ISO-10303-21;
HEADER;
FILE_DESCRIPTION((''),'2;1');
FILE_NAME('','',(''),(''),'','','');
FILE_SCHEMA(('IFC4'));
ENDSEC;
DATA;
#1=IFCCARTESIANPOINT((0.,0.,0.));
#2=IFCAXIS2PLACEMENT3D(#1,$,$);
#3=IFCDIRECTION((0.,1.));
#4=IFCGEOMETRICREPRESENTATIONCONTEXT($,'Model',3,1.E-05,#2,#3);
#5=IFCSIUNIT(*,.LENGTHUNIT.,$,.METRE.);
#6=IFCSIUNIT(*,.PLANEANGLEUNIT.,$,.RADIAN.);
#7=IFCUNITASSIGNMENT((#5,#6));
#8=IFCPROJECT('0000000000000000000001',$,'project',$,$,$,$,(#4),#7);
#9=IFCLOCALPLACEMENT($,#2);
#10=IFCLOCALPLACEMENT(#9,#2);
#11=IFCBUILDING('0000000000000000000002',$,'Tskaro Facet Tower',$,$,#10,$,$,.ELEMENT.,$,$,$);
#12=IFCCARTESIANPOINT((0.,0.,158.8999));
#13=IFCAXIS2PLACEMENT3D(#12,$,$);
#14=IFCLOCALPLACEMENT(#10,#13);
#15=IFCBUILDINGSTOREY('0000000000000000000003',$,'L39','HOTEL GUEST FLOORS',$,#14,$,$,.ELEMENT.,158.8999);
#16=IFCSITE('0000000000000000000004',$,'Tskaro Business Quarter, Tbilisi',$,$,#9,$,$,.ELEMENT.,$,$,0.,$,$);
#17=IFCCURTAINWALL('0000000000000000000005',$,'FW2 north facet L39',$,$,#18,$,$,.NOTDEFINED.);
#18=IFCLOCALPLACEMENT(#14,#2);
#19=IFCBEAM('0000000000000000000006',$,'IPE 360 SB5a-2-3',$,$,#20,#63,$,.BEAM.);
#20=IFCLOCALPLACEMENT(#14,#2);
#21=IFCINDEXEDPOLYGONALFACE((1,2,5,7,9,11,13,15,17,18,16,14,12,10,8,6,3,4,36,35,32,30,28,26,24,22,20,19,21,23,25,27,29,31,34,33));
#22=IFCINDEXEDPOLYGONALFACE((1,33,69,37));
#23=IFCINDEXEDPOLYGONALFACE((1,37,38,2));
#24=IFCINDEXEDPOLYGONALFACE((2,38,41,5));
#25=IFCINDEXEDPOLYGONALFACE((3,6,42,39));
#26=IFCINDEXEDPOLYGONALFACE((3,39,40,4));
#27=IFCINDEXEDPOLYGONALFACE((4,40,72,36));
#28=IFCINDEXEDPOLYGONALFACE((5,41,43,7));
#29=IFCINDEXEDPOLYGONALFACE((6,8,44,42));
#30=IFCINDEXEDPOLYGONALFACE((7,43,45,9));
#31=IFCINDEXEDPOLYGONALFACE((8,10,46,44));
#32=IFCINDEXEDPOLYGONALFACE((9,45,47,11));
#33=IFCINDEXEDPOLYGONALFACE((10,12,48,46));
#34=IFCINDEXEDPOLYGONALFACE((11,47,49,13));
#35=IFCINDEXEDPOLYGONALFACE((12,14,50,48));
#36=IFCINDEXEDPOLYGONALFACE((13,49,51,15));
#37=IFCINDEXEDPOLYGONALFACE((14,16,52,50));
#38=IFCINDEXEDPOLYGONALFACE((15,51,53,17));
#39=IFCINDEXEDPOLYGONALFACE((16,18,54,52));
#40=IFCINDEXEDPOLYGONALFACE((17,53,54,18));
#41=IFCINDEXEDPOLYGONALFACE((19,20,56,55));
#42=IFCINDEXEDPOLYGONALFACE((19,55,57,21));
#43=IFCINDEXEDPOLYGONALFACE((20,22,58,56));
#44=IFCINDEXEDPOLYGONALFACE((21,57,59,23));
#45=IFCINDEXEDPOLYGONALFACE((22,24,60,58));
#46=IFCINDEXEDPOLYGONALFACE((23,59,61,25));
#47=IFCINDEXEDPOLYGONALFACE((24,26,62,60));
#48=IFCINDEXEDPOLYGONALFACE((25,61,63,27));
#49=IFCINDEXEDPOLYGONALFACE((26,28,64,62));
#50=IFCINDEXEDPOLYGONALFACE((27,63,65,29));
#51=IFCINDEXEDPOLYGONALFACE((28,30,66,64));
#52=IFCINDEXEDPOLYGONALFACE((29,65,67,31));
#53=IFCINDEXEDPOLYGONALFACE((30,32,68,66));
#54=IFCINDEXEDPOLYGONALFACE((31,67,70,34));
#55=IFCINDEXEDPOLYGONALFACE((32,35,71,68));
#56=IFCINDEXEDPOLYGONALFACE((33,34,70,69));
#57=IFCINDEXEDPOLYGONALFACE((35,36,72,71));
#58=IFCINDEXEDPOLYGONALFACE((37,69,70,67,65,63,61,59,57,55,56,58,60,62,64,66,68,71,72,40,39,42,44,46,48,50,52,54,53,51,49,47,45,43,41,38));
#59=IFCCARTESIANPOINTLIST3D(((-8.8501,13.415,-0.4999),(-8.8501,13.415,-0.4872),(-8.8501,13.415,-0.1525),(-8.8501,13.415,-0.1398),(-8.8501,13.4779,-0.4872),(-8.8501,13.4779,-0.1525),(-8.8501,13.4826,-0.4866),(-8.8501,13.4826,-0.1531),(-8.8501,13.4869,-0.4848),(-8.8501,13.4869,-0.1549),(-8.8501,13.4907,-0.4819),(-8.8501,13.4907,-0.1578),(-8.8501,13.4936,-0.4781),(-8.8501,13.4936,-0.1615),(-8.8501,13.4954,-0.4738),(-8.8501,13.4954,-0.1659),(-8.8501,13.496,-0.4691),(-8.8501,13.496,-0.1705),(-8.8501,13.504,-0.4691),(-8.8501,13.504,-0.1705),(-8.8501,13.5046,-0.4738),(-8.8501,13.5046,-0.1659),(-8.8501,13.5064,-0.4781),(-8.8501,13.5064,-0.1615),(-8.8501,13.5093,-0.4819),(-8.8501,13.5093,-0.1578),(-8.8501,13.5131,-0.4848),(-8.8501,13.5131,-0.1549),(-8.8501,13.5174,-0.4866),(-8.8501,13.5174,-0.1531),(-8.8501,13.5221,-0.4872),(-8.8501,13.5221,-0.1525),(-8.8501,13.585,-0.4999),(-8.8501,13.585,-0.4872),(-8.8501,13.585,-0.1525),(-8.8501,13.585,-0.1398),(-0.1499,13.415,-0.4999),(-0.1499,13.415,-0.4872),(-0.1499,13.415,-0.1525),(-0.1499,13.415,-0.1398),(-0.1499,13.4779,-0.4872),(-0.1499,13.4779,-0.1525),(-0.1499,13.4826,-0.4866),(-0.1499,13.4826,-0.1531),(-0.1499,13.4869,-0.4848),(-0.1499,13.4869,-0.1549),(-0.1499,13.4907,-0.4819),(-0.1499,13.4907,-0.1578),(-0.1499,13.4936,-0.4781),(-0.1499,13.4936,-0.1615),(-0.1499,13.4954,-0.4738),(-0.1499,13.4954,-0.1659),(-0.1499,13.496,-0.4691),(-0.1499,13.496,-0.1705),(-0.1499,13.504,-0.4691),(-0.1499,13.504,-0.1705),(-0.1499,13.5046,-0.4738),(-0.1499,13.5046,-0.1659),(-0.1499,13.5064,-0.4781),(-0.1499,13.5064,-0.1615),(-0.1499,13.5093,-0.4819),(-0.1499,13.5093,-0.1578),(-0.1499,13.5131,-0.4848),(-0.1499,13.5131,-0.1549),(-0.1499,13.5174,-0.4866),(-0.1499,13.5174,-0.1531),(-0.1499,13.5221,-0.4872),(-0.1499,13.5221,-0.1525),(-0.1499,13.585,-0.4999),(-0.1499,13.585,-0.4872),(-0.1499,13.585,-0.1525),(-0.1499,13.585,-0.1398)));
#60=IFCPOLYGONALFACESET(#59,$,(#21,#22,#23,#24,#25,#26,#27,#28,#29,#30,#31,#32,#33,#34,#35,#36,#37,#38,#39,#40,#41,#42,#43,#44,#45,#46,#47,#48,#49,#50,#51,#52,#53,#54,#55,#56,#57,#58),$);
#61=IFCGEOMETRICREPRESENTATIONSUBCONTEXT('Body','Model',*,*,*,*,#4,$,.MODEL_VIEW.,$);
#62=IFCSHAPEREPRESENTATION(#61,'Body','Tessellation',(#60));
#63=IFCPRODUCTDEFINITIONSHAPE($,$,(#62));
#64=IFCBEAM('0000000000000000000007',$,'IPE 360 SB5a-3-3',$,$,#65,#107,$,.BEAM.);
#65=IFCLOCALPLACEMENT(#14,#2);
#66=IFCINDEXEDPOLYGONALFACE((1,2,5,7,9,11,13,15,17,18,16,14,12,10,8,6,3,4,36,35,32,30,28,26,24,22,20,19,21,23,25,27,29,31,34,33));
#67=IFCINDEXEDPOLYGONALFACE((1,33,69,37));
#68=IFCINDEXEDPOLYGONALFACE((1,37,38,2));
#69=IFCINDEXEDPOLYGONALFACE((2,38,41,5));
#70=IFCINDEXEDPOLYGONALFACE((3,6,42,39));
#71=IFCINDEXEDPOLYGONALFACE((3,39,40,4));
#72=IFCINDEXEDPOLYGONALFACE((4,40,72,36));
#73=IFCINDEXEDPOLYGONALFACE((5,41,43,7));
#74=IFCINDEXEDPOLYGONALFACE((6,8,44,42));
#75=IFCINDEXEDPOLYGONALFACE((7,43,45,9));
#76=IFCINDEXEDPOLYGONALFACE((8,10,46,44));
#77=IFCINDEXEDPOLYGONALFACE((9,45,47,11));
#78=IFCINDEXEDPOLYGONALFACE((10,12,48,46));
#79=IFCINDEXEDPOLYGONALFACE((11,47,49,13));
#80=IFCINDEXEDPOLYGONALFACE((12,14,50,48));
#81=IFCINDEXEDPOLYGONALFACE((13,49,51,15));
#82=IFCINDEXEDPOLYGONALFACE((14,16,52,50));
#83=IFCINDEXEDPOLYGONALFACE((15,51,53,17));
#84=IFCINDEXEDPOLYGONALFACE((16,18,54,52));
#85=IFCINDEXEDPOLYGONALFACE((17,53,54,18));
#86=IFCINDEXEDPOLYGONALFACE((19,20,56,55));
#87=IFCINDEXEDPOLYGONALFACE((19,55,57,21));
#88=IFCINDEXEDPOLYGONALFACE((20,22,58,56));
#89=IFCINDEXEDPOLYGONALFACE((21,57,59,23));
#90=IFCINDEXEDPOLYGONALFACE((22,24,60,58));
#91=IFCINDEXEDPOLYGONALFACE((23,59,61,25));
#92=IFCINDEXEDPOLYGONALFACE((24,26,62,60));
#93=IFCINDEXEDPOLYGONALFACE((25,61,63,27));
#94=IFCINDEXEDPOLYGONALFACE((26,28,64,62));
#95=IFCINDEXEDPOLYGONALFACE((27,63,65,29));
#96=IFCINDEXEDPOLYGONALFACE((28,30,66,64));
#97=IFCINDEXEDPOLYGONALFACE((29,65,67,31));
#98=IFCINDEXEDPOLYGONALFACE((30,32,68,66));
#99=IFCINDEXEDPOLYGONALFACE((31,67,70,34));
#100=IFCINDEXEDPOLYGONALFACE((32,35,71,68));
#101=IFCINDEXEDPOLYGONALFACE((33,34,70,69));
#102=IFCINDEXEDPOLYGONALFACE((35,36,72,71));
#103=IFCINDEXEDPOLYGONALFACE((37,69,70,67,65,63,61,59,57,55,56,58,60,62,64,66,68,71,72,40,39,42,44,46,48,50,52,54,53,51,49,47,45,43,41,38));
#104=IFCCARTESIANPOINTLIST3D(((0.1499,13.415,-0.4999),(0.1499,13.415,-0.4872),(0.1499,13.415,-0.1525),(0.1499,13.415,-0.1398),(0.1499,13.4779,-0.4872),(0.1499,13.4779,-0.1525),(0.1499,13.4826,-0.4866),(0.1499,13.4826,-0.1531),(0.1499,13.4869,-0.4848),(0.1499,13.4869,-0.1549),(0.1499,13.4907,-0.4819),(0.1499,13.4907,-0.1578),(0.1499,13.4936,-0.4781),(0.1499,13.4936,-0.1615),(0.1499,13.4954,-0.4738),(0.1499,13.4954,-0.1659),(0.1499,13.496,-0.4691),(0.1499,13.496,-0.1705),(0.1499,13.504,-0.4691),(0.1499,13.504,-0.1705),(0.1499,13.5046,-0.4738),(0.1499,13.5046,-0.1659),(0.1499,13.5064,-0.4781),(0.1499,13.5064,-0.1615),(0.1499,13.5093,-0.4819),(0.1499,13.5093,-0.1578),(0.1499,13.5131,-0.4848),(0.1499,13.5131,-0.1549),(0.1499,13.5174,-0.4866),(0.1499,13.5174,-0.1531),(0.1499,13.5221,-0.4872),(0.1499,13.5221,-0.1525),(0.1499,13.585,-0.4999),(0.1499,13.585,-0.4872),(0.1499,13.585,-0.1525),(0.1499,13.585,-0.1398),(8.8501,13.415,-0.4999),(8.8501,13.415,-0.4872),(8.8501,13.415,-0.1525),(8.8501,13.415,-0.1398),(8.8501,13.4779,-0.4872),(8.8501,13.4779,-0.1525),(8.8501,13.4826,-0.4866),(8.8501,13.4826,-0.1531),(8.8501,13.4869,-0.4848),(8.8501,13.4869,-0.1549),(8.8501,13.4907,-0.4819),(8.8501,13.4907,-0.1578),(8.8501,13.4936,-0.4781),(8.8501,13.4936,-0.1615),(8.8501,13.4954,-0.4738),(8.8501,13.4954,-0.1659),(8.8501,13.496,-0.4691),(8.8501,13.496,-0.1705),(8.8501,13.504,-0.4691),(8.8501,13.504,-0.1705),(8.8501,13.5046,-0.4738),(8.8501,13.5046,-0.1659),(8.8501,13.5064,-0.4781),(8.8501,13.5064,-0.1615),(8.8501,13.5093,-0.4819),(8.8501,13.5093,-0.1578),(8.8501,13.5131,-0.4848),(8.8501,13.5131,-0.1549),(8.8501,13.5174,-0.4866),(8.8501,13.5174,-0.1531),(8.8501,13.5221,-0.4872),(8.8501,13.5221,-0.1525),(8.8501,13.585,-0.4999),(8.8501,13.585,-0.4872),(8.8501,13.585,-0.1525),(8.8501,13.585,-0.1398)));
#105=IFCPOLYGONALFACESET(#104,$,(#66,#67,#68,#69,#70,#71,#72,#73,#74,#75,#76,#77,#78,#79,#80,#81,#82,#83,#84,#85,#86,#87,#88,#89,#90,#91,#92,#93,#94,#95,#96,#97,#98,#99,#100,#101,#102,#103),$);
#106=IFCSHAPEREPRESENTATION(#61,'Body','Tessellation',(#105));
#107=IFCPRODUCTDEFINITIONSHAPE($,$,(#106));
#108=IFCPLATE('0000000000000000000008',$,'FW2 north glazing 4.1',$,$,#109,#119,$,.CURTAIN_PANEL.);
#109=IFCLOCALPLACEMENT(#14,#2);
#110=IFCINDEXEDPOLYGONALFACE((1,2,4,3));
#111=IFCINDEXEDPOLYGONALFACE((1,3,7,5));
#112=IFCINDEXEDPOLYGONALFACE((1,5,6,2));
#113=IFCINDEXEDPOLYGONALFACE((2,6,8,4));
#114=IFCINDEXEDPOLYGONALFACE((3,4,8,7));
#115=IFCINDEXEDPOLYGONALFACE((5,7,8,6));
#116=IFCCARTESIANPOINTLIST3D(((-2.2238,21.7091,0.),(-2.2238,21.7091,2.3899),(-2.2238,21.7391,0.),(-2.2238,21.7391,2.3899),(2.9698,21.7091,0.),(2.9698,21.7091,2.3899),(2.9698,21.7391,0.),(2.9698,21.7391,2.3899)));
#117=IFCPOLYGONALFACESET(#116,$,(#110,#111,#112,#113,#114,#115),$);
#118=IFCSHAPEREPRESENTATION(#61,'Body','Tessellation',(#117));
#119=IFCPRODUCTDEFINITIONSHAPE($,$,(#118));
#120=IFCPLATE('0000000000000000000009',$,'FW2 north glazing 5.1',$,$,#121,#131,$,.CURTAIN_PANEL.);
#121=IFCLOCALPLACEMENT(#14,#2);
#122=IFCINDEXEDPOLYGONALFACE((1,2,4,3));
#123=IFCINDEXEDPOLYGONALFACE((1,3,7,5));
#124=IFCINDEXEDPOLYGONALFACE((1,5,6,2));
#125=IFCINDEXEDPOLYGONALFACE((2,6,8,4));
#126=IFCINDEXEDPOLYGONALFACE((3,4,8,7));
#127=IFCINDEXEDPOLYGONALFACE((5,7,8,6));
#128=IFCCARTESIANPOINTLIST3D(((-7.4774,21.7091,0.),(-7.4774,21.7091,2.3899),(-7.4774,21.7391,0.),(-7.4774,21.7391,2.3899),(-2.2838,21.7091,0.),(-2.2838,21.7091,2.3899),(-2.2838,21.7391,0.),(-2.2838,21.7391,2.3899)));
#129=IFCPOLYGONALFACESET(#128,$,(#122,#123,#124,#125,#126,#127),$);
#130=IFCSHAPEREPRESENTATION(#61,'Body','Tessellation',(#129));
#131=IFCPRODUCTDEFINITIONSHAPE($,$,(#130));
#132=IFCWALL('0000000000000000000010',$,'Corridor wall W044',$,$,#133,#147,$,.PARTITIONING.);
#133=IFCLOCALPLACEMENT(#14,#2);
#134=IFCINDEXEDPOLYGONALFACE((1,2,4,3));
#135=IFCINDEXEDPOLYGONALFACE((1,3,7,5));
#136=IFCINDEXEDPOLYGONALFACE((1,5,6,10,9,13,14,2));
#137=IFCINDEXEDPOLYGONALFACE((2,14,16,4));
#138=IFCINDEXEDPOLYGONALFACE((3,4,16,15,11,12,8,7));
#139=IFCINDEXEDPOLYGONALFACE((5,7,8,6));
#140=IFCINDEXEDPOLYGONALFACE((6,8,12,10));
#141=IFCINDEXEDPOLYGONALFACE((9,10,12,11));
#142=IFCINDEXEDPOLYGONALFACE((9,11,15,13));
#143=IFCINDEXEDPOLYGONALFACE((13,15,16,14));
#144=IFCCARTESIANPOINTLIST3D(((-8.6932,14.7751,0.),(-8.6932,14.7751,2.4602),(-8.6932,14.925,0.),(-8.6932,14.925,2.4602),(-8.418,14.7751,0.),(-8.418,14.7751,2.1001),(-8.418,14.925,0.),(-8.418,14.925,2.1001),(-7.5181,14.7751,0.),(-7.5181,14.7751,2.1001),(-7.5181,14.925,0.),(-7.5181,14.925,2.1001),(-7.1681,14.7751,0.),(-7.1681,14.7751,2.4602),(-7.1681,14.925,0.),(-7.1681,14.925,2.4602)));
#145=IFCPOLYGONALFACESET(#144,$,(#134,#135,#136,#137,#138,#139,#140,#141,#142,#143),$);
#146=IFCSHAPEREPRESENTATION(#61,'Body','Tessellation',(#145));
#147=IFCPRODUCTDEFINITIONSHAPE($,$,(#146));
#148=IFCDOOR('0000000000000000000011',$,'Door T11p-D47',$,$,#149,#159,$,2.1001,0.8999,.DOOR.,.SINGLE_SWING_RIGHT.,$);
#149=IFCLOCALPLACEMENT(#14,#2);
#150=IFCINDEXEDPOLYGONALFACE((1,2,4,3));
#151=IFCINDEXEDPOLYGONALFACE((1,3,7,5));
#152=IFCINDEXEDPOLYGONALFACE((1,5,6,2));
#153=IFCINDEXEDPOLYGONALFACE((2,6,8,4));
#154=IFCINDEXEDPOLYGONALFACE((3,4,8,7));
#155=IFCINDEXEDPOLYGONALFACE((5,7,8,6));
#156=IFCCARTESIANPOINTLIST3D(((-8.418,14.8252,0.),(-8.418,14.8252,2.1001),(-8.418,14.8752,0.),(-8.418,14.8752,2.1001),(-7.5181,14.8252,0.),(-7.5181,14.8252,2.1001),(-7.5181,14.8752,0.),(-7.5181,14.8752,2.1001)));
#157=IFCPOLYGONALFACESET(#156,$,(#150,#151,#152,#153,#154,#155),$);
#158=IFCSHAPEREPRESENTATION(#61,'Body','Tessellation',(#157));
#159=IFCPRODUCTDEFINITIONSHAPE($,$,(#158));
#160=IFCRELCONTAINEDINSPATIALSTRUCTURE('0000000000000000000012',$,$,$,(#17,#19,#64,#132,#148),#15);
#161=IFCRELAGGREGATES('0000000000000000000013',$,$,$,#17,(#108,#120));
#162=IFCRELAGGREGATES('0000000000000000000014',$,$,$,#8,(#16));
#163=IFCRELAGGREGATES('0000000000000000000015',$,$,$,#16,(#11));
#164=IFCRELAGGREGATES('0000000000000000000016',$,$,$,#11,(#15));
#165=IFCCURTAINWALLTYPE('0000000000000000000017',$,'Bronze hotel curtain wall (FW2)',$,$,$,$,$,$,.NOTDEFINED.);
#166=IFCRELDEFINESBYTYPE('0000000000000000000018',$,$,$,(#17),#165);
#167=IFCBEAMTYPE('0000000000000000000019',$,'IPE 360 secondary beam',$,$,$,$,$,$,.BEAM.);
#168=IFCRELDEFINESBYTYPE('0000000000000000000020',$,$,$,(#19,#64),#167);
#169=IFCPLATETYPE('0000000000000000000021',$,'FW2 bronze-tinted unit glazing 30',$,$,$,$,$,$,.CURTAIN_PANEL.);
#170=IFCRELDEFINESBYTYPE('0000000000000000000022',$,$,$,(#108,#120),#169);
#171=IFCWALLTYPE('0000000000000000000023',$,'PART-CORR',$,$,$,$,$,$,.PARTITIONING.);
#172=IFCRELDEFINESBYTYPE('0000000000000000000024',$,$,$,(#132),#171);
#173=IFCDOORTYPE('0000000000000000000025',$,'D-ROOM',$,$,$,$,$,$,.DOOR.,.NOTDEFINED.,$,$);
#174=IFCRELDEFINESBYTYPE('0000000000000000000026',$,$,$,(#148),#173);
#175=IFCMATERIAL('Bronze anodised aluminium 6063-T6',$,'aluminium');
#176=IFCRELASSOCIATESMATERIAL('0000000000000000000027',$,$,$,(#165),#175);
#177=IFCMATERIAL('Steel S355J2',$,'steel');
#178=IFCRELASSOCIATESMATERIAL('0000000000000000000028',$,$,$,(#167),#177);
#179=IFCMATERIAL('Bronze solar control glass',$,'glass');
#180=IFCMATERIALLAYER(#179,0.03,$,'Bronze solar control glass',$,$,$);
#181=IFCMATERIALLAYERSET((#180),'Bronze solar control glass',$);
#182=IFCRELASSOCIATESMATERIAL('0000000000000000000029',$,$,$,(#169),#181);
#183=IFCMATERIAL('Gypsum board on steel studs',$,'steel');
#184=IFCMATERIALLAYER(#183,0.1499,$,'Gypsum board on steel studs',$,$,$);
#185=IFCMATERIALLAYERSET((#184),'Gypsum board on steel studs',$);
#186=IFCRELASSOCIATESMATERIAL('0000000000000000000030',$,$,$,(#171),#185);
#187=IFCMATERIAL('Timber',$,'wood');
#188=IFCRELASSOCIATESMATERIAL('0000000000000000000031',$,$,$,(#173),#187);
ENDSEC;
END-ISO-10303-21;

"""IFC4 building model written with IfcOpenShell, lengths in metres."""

from ifc_helpers import new_model, si_unit, direction, frame, frame_2d, origin, origin_2d, place, context, subcontext, project, spatial, rectangle, i_section, extrude, material, layer, layer_set, material_profile, profile_set, type_object, element, fill, aggregate, save


model = new_model("IFC4")

# Units and contexts
model_context = context("Model", 3, precision=1e-05, world=origin(), true_north=direction((0.0, 1.0)))
body_context = subcontext(model_context, "Body", "Model", "MODEL_VIEW")
ifc_project = project(units=[si_unit("LENGTHUNIT", "METRE"), si_unit("PLANEANGLEUNIT", "RADIAN")], contexts=[model_context])

# Site, building, storey
site_placement = place(None, origin())
site = spatial("IfcSite", under=ifc_project, at=site_placement, Name="Tskaro Business Quarter, Tbilisi", CompositionType="ELEMENT", RefElevation=0.0)
building_placement = place(site_placement, origin())
building = spatial("IfcBuilding", under=site, at=building_placement, Name="Tskaro Facet Tower", CompositionType="ELEMENT")
storey_placement = place(building_placement, frame((0.0, 0.0, 158.8999)))
storey = spatial("IfcBuildingStorey", under=building, at=storey_placement, Name="L39", Description="HOTEL GUEST FLOORS", CompositionType="ELEMENT", Elevation=158.8999)

# Curtain wall
ifc_material_1 = material(Name="Bronze anodised aluminium 6063-T6", Category="aluminium")
curtain_wall_type = type_object("IfcCurtainWallType", Name="Bronze hotel curtain wall (FW2)", PredefinedType="NOTDEFINED", material=ifc_material_1)
curtain_wall_placement = place(storey_placement, origin())
curtain_wall = element("IfcCurtainWall", 1, at=curtain_wall_placement, inside=storey, type_object=curtain_wall_type, Name="FW2 north facet L39", PredefinedType="NOTDEFINED")

# Beams
ifc_material_2 = material(Name="Steel S355J2", Category="steel")
ifc_material_profile_1 = material_profile(ifc_material_2, i_section(OverallWidth=0.1699, OverallDepth=0.3601, WebThickness=0.0081, FlangeThickness=0.0127, FilletRadius=0.0181, at=origin_2d()), Name="IPE 360")
ifc_profile_set_1 = profile_set([ifc_material_profile_1], Name="Steel S355J2")
beam_type_1 = type_object("IfcBeamType", Name="IPE 360 secondary beam", PredefinedType="BEAM", material=ifc_profile_set_1)
for number, where, z_axis, x_axis, name in (
    (2, (-8.8501, 13.5, -0.3198), (1.0, 0.0, 0.0), (0.0, 1.0, 0.0), "IPE 360 SB5a-2-3"),
    (3, (0.1499, 13.5, -0.3198), (1.0, 0.0, 0.0), (0.0, 1.0, 0.0), "IPE 360 SB5a-3-3"),
):
    element("IfcBeam", number, at=place(storey_placement, frame(where, z_axis=z_axis, x_axis=x_axis)), inside=storey, type_object=beam_type_1, Name=name, PredefinedType="BEAM", context=body_context, shape_type="SweptSolid", body=[
        extrude(i_section(OverallWidth=0.1699, OverallDepth=0.3601, WebThickness=0.0081, FlangeThickness=0.0127, FilletRadius=0.0181, at=origin_2d()), origin(), (0.0, 0.0, 1.0), 8.7002),
    ])

# Plates
ifc_material_3 = material(Name="Bronze solar control glass", Category="glass")
ifc_layer_1 = layer(ifc_material_3, 0.03, Name="Bronze solar control glass")
ifc_layer_set_1 = layer_set([ifc_layer_1], Name="Bronze solar control glass")
plate_type = type_object("IfcPlateType", Name="FW2 bronze-tinted unit glazing 30", PredefinedType="CURTAIN_PANEL", material=ifc_layer_set_1)
plate_1_placement = place(storey_placement, frame((0.373, 21.7241, 0.0), z_axis=(0.0, 0.0, 1.0), x_axis=(-1.0, 0.0, 0.0)))
plate_1 = element("IfcPlate", 4, at=plate_1_placement, type_object=plate_type, Name="FW2 north glazing 4.1", PredefinedType="CURTAIN_PANEL", context=body_context, shape_type="SweptSolid", body=[
    extrude(rectangle(XDim=5.1936, YDim=0.03, at=origin_2d()), origin(), (0.0, 0.0, 1.0), 2.3899),
])
plate_2_placement = place(storey_placement, frame((-4.8806, 21.7241, 0.0), z_axis=(0.0, 0.0, 1.0), x_axis=(-1.0, 0.0, 0.0)))
plate_2 = element("IfcPlate", 5, at=plate_2_placement, type_object=plate_type, Name="FW2 north glazing 5.1", PredefinedType="CURTAIN_PANEL", context=body_context, shape_type="SweptSolid", body=[
    extrude(rectangle(XDim=5.1936, YDim=0.03, at=origin_2d()), origin(), (0.0, 0.0, 1.0), 2.3899),
])
aggregate(curtain_wall, [plate_1, plate_2])

# Wall, opening, door
ifc_material_4 = material(Name="Gypsum board on steel studs", Category="steel")
ifc_layer_2 = layer(ifc_material_4, 0.1499, Name="Gypsum board on steel studs")
ifc_layer_set_2 = layer_set([ifc_layer_2], Name="Gypsum board on steel studs")
wall_type_1 = type_object("IfcWallType", Name="PART-CORR", PredefinedType="PARTITIONING", material=ifc_layer_set_2)
wall_1_placement = place(storey_placement, frame((-7.168, 14.8501, 0.0), z_axis=(0.0, 0.0, 1.0), x_axis=(-1.0, 0.0, 0.0)))
wall_1 = element("IfcWall", 6, at=wall_1_placement, inside=storey, type_object=wall_type_1, Name="Corridor wall W044", PredefinedType="PARTITIONING", context=body_context, shape_type="SweptSolid", body=[
    extrude(rectangle(XDim=1.5251, YDim=0.1499, at=frame_2d((0.7627, 0.0))), origin(), (0.0, 0.0, 1.0), 2.4602),
])
opening_1_placement = place(wall_1_placement, frame((0.3501, 0.0, 0.0)))
opening_1 = element("IfcOpeningElement", 7, at=opening_1_placement, cuts=wall_1, PredefinedType="OPENING", context=body_context, shape_type="SweptSolid", body=[
    extrude(rectangle(XDim=0.8999, YDim=2.1001, at=frame_2d((0.45, 1.05))), frame((0.0, 0.085, 0.0), z_axis=(0.0, -1.0, 0.0), x_axis=(1.0, 0.0, 0.0)), (0.0, 0.0, 1.0), 0.1699),
])
ifc_material_5 = material(Name="Timber", Category="wood")
door_type_1 = type_object("IfcDoorType", Name="D-ROOM", OperationType="NOTDEFINED", PredefinedType="DOOR", material=ifc_material_5)
door_1_placement = place(opening_1_placement, origin())
door_1 = element("IfcDoor", 8, at=door_1_placement, inside=storey, type_object=door_type_1, Name="Door T11p-D47", OperationType="SINGLE_SWING_RIGHT", OverallHeight=2.1001, OverallWidth=0.8999, PredefinedType="DOOR", context=body_context, shape_type="SweptSolid", body=[
    extrude(rectangle(XDim=0.8999, YDim=2.1001, at=frame_2d((0.45, 1.05))), frame((0.0, 0.0249, 0.0), z_axis=(0.0, -1.0, 0.0), x_axis=(1.0, 0.0, 0.0)), (0.0, 0.0, 1.0), 0.05),
])
fill(opening_1, door_1)

save(model, "model.ifc")
